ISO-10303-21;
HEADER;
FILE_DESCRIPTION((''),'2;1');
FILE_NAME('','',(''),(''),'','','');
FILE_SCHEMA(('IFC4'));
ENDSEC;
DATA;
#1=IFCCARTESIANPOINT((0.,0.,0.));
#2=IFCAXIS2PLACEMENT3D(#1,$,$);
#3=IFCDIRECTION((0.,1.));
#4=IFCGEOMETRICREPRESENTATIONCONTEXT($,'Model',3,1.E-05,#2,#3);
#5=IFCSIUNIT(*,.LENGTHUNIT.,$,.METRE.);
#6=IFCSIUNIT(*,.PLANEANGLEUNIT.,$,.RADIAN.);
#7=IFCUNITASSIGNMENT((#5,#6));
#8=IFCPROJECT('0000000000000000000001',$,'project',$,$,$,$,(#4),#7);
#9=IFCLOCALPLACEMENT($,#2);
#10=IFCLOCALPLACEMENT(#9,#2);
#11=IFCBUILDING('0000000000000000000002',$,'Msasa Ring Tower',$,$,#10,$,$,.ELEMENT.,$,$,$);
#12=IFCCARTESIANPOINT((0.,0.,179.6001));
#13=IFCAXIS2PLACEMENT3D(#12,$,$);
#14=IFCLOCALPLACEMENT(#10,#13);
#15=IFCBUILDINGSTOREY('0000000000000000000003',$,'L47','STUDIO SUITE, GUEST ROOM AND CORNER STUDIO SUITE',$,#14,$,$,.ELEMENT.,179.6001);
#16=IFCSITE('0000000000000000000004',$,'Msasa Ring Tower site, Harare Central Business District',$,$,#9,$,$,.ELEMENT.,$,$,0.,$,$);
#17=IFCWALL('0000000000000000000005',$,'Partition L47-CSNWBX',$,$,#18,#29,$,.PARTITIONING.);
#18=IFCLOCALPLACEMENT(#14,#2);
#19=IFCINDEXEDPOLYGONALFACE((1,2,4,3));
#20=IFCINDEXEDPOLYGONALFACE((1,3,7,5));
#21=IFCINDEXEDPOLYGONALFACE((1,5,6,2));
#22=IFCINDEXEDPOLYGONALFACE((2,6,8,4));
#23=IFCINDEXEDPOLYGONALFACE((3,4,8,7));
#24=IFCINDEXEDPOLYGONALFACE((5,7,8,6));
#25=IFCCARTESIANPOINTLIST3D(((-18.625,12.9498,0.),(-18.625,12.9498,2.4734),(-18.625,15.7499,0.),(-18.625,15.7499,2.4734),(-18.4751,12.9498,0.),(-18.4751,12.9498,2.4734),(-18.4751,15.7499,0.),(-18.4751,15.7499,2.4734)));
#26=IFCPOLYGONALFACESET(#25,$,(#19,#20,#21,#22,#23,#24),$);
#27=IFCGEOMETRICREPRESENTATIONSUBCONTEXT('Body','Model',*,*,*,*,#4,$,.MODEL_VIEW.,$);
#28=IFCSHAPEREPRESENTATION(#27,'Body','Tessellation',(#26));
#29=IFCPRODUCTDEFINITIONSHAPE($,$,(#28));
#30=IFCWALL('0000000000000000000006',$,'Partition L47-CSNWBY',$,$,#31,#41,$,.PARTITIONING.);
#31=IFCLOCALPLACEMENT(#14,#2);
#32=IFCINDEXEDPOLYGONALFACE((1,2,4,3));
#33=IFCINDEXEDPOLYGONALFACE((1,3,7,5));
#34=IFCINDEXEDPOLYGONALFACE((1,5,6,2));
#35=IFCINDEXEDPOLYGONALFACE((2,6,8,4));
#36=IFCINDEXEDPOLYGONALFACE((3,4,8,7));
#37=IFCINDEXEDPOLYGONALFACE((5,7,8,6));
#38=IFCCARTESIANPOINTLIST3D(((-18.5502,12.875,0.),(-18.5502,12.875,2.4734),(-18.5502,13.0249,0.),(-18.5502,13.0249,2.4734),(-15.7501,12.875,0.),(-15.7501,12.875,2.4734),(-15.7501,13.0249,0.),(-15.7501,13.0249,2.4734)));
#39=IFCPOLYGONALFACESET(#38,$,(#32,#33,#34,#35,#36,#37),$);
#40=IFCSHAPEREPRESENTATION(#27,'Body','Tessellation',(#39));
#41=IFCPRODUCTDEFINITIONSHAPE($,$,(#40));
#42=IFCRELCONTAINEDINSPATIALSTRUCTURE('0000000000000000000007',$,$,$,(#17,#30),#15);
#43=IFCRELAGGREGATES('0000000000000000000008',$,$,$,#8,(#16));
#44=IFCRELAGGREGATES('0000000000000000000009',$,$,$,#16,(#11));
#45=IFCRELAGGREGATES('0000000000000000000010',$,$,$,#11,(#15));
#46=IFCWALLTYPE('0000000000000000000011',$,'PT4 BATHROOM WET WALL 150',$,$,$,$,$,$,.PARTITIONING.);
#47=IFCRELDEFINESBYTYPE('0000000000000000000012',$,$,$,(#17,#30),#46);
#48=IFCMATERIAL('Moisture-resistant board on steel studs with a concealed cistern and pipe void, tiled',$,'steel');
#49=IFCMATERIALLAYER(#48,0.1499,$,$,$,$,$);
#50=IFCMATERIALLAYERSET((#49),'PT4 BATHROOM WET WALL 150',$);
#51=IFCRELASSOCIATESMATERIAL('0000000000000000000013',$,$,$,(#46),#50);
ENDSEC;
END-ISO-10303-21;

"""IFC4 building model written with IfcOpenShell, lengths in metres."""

from ifc_helpers import new_model, si_unit, direction, frame, frame_2d, origin, place, context, subcontext, project, spatial, rectangle, extrude, material, layer, layer_set, type_object, element, save


model = new_model("IFC4")

# Units and contexts
model_context = context("Model", 3, precision=1e-05, world=origin(), true_north=direction((0.0, 1.0)))
body_context = subcontext(model_context, "Body", "Model", "MODEL_VIEW")
ifc_project = project(units=[si_unit("LENGTHUNIT", "METRE"), si_unit("PLANEANGLEUNIT", "RADIAN")], contexts=[model_context])

# Site, building, storey
site_placement = place(None, origin())
site = spatial("IfcSite", under=ifc_project, at=site_placement, Name="Msasa Ring Tower site, Harare Central Business District", CompositionType="ELEMENT", RefElevation=0.0)
building_placement = place(site_placement, origin())
building = spatial("IfcBuilding", under=site, at=building_placement, Name="Msasa Ring Tower", CompositionType="ELEMENT")
storey_placement = place(building_placement, frame((0.0, 0.0, 179.6001)))
storey = spatial("IfcBuildingStorey", under=building, at=storey_placement, Name="L47", Description="STUDIO SUITE, GUEST ROOM AND CORNER STUDIO SUITE", CompositionType="ELEMENT", Elevation=179.6001)

# Walls
ifc_material_1 = material(Name="Moisture-resistant board on steel studs with a concealed cistern and pipe void, tiled", Category="steel")
ifc_layer_1 = layer(ifc_material_1, 0.1499)
ifc_layer_set_1 = layer_set([ifc_layer_1], Name="PT4 BATHROOM WET WALL 150")
wall_type_1 = type_object("IfcWallType", Name="PT4 BATHROOM WET WALL 150", PredefinedType="PARTITIONING", material=ifc_layer_set_1)
for number, where, z_axis, x_axis, name in (
    (1, (-18.55, 12.95, 0.0), (0.0, 0.0, 1.0), (0.0, 1.0, 0.0), "Partition L47-CSNWBX"),
    (2, (-18.55, 12.95, 0.0), (0.0, 0.0, 1.0), (1.0, 0.0, 0.0), "Partition L47-CSNWBY"),
):
    element("IfcWall", number, at=place(storey_placement, frame(where, z_axis=z_axis, x_axis=x_axis)), inside=storey, type_object=wall_type_1, Name=name, PredefinedType="PARTITIONING", context=body_context, shape_type="SweptSolid", body=[
        extrude(rectangle(XDim=2.8, YDim=0.1499, at=frame_2d((1.3999, 0.0))), origin(), (0.0, 0.0, 1.0), 2.4734),
    ])

save(model, "model.ifc")
